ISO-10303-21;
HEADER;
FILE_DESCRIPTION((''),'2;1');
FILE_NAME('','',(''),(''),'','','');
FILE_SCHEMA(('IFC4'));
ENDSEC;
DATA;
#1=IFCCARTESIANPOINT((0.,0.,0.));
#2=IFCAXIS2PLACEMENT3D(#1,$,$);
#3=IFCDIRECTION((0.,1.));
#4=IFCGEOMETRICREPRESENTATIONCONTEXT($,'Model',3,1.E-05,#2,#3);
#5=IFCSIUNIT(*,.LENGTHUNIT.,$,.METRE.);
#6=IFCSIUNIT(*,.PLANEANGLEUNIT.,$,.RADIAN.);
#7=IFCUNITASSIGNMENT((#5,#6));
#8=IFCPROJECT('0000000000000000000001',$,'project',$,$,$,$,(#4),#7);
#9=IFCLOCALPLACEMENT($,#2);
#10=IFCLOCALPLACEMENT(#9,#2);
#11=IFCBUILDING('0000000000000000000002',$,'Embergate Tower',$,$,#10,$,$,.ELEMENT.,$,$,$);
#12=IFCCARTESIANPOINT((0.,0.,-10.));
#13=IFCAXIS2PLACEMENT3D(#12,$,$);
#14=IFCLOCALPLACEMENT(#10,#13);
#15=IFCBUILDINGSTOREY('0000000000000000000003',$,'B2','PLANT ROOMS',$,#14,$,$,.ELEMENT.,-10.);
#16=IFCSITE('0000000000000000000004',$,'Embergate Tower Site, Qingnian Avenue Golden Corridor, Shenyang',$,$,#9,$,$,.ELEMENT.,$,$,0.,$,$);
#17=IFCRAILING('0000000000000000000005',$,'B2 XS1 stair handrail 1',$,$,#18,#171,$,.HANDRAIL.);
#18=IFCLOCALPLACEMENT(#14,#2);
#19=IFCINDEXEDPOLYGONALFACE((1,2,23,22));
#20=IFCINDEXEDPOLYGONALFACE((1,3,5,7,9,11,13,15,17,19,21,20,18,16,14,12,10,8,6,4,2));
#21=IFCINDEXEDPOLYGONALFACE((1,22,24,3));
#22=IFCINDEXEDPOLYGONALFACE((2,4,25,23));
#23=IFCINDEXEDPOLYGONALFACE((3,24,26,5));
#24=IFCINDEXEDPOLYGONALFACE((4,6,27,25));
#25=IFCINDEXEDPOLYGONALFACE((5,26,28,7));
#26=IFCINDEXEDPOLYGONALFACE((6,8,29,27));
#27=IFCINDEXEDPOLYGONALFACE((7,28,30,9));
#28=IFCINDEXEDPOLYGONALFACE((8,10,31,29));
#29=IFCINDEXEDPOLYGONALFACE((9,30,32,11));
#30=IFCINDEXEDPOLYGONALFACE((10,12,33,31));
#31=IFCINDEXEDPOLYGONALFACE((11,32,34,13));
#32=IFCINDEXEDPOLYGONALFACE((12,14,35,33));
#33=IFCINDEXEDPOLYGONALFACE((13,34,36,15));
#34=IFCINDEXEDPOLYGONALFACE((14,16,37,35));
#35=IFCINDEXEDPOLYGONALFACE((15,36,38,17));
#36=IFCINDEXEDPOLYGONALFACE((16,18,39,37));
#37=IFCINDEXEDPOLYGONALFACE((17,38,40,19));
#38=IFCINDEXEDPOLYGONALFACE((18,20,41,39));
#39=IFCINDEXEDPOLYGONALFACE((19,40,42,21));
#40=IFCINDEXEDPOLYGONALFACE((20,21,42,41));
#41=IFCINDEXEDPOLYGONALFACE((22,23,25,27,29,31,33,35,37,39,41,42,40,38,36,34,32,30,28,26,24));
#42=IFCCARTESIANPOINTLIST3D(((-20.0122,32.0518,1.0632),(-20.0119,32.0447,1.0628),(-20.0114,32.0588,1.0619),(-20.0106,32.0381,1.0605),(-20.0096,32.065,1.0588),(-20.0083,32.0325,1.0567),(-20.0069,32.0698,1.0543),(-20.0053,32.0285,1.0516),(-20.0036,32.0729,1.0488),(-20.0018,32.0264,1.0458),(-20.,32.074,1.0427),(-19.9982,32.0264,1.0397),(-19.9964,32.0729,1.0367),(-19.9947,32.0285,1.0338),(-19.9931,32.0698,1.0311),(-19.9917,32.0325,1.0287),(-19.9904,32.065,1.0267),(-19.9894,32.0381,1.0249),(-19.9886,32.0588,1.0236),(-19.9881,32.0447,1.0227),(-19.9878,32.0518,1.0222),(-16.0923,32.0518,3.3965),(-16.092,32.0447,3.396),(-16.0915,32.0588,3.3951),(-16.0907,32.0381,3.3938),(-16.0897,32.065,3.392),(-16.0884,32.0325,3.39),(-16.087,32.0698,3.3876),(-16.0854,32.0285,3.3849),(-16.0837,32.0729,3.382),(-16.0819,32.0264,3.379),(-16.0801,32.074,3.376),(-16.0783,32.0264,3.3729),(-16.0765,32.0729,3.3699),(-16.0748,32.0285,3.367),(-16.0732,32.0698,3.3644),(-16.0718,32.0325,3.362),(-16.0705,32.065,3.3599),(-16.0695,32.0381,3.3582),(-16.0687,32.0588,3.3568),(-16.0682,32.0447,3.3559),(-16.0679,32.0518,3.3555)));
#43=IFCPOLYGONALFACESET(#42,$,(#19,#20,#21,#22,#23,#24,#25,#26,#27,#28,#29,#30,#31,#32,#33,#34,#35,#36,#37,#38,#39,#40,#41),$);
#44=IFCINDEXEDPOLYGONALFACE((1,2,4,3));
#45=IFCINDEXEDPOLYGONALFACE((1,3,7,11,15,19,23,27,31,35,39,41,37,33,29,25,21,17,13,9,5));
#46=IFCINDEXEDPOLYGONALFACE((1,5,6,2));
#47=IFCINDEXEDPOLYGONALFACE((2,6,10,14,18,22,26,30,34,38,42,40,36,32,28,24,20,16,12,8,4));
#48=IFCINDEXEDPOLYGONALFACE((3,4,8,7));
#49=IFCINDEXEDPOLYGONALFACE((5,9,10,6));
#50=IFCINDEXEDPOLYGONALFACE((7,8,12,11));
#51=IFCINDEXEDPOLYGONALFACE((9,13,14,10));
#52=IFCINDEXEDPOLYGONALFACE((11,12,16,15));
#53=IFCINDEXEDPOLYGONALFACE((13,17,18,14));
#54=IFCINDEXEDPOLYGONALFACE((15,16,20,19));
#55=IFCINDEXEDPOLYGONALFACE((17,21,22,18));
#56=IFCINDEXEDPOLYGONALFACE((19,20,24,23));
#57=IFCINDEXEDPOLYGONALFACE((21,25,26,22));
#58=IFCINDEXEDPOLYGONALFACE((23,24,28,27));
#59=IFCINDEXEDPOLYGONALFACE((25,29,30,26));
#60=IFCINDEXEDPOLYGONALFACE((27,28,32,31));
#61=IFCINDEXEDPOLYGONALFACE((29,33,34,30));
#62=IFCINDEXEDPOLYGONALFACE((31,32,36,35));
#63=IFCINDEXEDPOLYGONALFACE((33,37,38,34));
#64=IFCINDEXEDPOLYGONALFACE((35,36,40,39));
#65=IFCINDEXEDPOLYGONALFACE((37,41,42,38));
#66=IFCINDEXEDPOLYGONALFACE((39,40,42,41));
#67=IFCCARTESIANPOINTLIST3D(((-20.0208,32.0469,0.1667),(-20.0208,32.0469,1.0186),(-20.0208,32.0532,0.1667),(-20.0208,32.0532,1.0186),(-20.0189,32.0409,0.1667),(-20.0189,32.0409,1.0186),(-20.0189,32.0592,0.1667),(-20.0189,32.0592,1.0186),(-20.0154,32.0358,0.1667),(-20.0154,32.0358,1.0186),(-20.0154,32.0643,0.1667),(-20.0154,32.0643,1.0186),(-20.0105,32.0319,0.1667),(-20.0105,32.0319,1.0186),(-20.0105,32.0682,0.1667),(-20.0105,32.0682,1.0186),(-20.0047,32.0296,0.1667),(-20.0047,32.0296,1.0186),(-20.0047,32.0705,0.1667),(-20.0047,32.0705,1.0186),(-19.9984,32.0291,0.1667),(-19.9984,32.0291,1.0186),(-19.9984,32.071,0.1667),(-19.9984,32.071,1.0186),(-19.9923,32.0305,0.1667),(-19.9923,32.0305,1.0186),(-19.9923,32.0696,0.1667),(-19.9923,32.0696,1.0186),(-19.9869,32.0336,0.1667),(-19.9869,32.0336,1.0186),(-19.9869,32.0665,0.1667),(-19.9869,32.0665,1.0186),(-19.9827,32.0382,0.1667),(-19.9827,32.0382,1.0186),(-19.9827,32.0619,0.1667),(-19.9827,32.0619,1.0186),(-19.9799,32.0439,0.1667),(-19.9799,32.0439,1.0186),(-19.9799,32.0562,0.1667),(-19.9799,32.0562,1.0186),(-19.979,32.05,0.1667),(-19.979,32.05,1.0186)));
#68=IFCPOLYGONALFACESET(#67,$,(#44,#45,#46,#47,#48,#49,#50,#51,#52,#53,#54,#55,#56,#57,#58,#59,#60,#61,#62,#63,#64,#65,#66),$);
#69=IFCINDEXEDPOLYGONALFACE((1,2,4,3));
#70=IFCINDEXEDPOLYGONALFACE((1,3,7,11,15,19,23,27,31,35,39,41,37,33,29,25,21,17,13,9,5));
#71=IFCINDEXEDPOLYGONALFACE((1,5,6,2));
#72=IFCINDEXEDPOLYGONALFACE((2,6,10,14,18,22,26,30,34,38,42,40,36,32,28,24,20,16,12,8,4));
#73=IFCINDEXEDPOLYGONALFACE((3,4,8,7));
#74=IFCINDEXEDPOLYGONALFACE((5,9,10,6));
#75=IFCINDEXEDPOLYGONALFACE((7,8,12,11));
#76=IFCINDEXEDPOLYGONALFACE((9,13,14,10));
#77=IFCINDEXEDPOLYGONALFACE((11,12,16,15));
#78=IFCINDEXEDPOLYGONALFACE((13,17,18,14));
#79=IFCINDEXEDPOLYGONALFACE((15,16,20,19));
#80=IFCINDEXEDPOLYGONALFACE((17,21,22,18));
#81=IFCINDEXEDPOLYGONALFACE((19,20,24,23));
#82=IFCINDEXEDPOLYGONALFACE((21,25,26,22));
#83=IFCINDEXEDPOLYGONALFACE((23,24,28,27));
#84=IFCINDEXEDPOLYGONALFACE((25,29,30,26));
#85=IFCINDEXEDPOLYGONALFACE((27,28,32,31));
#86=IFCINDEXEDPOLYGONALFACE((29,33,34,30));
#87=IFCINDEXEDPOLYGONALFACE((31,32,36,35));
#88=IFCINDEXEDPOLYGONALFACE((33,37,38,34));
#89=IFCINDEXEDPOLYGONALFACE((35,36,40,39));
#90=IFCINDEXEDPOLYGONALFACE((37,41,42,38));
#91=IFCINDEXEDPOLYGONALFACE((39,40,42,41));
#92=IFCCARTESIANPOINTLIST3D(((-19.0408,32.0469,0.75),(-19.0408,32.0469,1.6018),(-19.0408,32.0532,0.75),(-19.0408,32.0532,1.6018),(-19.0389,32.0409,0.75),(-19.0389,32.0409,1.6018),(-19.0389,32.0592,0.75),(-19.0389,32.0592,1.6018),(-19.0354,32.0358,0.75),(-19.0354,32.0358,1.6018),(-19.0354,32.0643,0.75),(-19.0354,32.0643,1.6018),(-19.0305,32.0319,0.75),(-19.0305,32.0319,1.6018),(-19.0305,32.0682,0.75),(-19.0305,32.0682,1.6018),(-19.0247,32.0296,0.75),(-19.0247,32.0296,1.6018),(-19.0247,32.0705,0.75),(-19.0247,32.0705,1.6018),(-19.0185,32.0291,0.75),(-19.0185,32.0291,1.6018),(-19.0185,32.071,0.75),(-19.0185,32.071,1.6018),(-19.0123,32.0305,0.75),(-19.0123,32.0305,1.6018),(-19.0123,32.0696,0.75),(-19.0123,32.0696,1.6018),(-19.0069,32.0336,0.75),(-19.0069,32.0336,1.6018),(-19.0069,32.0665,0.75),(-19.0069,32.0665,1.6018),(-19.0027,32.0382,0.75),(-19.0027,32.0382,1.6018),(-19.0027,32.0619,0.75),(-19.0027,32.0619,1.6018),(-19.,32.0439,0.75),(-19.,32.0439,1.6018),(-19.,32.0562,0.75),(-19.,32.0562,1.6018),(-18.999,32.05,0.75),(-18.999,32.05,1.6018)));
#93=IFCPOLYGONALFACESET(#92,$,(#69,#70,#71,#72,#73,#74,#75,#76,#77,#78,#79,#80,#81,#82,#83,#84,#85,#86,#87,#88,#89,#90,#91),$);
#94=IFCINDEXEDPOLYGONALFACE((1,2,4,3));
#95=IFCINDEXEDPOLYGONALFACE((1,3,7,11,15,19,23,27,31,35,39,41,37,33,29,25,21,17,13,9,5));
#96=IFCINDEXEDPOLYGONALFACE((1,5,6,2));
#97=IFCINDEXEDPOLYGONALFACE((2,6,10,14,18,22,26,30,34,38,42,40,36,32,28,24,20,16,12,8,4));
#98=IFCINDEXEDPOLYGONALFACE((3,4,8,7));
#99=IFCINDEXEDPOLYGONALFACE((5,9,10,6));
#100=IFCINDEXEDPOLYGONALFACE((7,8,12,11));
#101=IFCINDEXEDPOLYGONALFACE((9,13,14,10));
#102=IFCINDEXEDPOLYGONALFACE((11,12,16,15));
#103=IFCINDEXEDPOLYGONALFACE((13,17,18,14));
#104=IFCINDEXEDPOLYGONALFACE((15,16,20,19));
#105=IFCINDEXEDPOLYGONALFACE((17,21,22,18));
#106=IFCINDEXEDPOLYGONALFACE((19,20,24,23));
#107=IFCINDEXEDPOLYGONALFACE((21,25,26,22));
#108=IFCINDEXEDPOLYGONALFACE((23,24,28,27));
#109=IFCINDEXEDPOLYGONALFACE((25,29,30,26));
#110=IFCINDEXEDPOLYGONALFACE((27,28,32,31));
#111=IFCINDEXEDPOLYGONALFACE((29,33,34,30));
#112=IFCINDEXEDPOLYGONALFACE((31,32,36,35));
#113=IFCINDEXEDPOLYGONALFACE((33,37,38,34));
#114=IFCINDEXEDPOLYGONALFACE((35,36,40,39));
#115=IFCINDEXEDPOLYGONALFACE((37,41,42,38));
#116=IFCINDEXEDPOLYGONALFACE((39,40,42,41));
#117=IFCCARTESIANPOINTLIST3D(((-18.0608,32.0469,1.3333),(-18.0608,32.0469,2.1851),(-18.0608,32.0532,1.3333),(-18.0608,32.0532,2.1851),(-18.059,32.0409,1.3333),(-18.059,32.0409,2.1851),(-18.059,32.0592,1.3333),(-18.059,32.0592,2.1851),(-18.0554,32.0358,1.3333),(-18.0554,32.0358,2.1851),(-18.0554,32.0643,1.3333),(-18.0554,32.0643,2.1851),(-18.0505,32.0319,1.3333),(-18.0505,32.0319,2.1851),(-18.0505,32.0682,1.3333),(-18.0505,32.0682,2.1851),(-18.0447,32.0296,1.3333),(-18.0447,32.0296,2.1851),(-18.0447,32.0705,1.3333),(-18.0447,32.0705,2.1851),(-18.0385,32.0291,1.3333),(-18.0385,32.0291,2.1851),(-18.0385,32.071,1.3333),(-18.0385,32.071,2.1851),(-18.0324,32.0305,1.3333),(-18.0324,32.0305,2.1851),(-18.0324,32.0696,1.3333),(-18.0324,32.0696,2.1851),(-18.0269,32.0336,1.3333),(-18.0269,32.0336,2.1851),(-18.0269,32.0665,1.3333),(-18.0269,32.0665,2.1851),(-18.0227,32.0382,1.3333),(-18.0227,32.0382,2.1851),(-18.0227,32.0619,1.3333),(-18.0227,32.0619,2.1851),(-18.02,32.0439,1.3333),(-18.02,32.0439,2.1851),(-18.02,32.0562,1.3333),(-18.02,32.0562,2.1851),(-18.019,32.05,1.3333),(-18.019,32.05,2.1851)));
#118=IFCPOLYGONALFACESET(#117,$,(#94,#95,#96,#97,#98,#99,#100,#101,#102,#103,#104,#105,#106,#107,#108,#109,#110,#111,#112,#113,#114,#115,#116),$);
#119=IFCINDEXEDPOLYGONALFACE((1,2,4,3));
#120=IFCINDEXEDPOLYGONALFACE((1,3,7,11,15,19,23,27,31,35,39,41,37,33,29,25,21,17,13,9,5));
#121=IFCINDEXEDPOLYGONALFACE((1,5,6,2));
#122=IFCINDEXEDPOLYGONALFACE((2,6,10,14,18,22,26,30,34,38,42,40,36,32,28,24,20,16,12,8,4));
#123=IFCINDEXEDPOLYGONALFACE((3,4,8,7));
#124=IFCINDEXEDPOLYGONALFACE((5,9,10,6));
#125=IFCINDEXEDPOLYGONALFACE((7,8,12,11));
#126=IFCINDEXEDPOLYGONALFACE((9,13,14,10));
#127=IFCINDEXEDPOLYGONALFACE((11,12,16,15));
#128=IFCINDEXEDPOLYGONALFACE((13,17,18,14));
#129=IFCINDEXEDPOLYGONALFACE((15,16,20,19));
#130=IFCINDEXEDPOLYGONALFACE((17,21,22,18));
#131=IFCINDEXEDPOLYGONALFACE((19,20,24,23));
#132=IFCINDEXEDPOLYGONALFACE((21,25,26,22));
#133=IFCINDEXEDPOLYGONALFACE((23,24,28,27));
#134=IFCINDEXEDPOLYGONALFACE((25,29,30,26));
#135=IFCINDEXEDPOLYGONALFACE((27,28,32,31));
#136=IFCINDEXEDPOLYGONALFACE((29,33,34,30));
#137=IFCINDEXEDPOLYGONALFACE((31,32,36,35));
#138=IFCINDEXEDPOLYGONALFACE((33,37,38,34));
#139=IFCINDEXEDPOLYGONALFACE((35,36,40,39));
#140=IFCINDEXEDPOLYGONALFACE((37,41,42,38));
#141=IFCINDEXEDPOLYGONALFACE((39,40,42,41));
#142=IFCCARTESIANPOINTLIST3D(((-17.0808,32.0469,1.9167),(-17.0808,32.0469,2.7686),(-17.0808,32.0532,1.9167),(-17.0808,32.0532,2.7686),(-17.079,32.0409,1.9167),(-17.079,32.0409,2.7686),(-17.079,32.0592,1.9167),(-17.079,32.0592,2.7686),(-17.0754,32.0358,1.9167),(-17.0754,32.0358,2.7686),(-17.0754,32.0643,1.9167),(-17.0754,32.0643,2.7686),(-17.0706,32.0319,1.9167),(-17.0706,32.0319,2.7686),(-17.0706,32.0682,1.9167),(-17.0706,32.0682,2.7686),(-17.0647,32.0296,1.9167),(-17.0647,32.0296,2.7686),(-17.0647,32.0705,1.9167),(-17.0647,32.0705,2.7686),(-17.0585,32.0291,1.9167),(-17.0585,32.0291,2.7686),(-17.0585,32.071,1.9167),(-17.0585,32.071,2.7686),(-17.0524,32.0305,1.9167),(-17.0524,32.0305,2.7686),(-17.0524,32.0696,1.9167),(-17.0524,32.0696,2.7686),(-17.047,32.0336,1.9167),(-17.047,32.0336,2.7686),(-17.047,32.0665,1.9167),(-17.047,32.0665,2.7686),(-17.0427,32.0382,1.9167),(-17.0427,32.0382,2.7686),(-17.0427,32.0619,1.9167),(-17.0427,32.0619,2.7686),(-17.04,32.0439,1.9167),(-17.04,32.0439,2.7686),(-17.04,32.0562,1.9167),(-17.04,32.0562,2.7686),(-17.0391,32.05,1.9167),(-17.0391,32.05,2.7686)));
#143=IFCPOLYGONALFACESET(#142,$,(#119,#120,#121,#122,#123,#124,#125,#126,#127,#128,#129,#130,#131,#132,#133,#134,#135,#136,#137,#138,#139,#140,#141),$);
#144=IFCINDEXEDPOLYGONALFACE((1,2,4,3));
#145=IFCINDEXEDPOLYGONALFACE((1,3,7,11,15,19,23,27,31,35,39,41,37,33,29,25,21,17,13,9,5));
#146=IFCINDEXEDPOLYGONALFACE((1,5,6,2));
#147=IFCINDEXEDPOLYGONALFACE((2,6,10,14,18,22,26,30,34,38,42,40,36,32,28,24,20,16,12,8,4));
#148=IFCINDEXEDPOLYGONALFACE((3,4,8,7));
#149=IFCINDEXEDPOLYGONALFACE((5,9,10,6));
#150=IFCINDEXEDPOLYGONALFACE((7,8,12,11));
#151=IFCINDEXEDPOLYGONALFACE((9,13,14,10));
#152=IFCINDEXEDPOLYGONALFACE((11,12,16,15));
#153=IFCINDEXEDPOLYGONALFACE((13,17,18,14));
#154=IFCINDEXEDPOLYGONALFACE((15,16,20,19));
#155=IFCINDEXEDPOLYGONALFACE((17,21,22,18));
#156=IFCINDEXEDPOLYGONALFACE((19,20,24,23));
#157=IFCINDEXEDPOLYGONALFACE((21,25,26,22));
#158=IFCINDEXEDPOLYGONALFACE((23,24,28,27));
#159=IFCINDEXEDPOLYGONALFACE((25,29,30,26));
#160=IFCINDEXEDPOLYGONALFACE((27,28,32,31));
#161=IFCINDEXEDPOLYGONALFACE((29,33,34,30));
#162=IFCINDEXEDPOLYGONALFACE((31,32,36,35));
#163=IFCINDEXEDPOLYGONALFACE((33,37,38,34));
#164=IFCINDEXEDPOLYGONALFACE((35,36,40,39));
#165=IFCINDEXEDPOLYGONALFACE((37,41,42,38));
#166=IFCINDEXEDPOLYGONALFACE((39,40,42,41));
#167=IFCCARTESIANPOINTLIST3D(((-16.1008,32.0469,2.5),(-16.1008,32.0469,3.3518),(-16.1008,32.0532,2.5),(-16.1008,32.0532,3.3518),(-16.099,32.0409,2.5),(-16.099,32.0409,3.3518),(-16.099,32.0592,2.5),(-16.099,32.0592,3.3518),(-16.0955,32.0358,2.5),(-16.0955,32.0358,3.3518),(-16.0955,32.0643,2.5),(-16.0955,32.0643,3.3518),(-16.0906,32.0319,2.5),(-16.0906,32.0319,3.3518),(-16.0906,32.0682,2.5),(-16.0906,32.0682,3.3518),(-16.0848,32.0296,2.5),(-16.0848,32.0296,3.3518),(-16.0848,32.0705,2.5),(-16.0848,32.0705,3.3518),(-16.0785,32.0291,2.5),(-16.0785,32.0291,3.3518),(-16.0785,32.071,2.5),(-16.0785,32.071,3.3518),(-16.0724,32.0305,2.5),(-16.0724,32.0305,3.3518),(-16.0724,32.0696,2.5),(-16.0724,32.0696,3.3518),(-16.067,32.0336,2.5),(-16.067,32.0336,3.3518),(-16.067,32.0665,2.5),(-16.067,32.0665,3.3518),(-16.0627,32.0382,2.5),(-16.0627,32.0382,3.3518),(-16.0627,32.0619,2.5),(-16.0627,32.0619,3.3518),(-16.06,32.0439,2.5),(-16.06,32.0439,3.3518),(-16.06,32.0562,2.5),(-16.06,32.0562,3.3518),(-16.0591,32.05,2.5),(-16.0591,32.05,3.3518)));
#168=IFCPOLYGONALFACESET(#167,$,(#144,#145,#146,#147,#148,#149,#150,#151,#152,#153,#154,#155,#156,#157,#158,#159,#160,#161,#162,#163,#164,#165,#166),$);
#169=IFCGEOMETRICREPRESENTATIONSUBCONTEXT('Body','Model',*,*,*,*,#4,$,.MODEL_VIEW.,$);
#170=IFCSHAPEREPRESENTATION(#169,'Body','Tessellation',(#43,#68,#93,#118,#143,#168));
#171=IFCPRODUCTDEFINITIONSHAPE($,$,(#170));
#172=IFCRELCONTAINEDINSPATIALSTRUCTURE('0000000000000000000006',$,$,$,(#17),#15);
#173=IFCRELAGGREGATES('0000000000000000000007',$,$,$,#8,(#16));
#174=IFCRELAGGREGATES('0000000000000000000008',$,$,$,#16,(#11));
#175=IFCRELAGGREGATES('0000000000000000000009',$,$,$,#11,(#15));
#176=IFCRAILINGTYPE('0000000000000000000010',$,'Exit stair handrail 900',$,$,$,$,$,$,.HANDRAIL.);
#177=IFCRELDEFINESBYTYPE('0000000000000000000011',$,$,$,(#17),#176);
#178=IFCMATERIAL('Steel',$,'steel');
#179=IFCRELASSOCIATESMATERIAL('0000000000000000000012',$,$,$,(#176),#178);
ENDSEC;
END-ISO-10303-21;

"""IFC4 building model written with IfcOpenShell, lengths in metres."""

from ifc_helpers import new_model, si_unit, direction, frame, origin, origin_2d, place, context, subcontext, project, spatial, circle, extrude, source, transform, mapped, material, type_object, element, save


model = new_model("IFC4")

# Units and contexts
model_context = context("Model", 3, precision=1e-05, world=origin(), true_north=direction((0.0, 1.0)))
body_context = subcontext(model_context, "Body", "Model", "MODEL_VIEW")
ifc_project = project(units=[si_unit("LENGTHUNIT", "METRE"), si_unit("PLANEANGLEUNIT", "RADIAN")], contexts=[model_context])

# Site, building, storey
site_placement = place(None, origin())
site = spatial("IfcSite", under=ifc_project, at=site_placement, Name="Embergate Tower Site, Qingnian Avenue Golden Corridor, Shenyang", CompositionType="ELEMENT", RefElevation=0.0)
building_placement = place(site_placement, origin())
building = spatial("IfcBuilding", under=site, at=building_placement, Name="Embergate Tower", CompositionType="ELEMENT")
storey_placement = place(building_placement, frame((0.0, 0.0, -10.0)))
storey = spatial("IfcBuildingStorey", under=building, at=storey_placement, Name="B2", Description="PLANT ROOMS", CompositionType="ELEMENT", Elevation=-10.0)

# Railing
ifc_material_1 = material(Name="Steel", Category="steel")
railing_type_1 = type_object("IfcRailingType", Name="Exit stair handrail 900", PredefinedType="HANDRAIL", material=ifc_material_1)
shared_shape_1 = source(origin(), body_context, "Body", "SweptSolid", [
    extrude(circle(Radius=0.0239, at=origin_2d()), frame((0.0, 0.0, 0.876), z_axis=(0.859296, 0.0, 0.511478), x_axis=(0.0, 1.0, 0.0)), (0.0, 0.0, 1.0), 4.5618),
    extrude(circle(Radius=0.021, at=origin_2d()), origin(), (0.0, 0.0, 1.0), 0.8518),
    extrude(circle(Radius=0.021, at=origin_2d()), frame((0.98, 0.0, 0.5833)), (0.0, 0.0, 1.0), 0.8518),
    extrude(circle(Radius=0.021, at=origin_2d()), frame((1.96, 0.0, 1.1665)), (0.0, 0.0, 1.0), 0.8518),
    extrude(circle(Radius=0.021, at=origin_2d()), frame((2.9399, 0.0, 1.75)), (0.0, 0.0, 1.0), 0.8518),
    extrude(circle(Radius=0.021, at=origin_2d()), frame((3.9199, 0.0, 2.3333)), (0.0, 0.0, 1.0), 0.8518),
])
railing_1_placement = place(storey_placement, frame((-20.0, 32.05, 0.1667)))
element("IfcRailing", 1, at=railing_1_placement, inside=storey, type_object=railing_type_1, Name="B2 XS1 stair handrail 1", PredefinedType="HANDRAIL", context=body_context, shape_type="MappedRepresentation", body=[
    mapped(shared_shape_1, transform((0.0, 0.0, 0.0))),
])

save(model, "model.ifc")
